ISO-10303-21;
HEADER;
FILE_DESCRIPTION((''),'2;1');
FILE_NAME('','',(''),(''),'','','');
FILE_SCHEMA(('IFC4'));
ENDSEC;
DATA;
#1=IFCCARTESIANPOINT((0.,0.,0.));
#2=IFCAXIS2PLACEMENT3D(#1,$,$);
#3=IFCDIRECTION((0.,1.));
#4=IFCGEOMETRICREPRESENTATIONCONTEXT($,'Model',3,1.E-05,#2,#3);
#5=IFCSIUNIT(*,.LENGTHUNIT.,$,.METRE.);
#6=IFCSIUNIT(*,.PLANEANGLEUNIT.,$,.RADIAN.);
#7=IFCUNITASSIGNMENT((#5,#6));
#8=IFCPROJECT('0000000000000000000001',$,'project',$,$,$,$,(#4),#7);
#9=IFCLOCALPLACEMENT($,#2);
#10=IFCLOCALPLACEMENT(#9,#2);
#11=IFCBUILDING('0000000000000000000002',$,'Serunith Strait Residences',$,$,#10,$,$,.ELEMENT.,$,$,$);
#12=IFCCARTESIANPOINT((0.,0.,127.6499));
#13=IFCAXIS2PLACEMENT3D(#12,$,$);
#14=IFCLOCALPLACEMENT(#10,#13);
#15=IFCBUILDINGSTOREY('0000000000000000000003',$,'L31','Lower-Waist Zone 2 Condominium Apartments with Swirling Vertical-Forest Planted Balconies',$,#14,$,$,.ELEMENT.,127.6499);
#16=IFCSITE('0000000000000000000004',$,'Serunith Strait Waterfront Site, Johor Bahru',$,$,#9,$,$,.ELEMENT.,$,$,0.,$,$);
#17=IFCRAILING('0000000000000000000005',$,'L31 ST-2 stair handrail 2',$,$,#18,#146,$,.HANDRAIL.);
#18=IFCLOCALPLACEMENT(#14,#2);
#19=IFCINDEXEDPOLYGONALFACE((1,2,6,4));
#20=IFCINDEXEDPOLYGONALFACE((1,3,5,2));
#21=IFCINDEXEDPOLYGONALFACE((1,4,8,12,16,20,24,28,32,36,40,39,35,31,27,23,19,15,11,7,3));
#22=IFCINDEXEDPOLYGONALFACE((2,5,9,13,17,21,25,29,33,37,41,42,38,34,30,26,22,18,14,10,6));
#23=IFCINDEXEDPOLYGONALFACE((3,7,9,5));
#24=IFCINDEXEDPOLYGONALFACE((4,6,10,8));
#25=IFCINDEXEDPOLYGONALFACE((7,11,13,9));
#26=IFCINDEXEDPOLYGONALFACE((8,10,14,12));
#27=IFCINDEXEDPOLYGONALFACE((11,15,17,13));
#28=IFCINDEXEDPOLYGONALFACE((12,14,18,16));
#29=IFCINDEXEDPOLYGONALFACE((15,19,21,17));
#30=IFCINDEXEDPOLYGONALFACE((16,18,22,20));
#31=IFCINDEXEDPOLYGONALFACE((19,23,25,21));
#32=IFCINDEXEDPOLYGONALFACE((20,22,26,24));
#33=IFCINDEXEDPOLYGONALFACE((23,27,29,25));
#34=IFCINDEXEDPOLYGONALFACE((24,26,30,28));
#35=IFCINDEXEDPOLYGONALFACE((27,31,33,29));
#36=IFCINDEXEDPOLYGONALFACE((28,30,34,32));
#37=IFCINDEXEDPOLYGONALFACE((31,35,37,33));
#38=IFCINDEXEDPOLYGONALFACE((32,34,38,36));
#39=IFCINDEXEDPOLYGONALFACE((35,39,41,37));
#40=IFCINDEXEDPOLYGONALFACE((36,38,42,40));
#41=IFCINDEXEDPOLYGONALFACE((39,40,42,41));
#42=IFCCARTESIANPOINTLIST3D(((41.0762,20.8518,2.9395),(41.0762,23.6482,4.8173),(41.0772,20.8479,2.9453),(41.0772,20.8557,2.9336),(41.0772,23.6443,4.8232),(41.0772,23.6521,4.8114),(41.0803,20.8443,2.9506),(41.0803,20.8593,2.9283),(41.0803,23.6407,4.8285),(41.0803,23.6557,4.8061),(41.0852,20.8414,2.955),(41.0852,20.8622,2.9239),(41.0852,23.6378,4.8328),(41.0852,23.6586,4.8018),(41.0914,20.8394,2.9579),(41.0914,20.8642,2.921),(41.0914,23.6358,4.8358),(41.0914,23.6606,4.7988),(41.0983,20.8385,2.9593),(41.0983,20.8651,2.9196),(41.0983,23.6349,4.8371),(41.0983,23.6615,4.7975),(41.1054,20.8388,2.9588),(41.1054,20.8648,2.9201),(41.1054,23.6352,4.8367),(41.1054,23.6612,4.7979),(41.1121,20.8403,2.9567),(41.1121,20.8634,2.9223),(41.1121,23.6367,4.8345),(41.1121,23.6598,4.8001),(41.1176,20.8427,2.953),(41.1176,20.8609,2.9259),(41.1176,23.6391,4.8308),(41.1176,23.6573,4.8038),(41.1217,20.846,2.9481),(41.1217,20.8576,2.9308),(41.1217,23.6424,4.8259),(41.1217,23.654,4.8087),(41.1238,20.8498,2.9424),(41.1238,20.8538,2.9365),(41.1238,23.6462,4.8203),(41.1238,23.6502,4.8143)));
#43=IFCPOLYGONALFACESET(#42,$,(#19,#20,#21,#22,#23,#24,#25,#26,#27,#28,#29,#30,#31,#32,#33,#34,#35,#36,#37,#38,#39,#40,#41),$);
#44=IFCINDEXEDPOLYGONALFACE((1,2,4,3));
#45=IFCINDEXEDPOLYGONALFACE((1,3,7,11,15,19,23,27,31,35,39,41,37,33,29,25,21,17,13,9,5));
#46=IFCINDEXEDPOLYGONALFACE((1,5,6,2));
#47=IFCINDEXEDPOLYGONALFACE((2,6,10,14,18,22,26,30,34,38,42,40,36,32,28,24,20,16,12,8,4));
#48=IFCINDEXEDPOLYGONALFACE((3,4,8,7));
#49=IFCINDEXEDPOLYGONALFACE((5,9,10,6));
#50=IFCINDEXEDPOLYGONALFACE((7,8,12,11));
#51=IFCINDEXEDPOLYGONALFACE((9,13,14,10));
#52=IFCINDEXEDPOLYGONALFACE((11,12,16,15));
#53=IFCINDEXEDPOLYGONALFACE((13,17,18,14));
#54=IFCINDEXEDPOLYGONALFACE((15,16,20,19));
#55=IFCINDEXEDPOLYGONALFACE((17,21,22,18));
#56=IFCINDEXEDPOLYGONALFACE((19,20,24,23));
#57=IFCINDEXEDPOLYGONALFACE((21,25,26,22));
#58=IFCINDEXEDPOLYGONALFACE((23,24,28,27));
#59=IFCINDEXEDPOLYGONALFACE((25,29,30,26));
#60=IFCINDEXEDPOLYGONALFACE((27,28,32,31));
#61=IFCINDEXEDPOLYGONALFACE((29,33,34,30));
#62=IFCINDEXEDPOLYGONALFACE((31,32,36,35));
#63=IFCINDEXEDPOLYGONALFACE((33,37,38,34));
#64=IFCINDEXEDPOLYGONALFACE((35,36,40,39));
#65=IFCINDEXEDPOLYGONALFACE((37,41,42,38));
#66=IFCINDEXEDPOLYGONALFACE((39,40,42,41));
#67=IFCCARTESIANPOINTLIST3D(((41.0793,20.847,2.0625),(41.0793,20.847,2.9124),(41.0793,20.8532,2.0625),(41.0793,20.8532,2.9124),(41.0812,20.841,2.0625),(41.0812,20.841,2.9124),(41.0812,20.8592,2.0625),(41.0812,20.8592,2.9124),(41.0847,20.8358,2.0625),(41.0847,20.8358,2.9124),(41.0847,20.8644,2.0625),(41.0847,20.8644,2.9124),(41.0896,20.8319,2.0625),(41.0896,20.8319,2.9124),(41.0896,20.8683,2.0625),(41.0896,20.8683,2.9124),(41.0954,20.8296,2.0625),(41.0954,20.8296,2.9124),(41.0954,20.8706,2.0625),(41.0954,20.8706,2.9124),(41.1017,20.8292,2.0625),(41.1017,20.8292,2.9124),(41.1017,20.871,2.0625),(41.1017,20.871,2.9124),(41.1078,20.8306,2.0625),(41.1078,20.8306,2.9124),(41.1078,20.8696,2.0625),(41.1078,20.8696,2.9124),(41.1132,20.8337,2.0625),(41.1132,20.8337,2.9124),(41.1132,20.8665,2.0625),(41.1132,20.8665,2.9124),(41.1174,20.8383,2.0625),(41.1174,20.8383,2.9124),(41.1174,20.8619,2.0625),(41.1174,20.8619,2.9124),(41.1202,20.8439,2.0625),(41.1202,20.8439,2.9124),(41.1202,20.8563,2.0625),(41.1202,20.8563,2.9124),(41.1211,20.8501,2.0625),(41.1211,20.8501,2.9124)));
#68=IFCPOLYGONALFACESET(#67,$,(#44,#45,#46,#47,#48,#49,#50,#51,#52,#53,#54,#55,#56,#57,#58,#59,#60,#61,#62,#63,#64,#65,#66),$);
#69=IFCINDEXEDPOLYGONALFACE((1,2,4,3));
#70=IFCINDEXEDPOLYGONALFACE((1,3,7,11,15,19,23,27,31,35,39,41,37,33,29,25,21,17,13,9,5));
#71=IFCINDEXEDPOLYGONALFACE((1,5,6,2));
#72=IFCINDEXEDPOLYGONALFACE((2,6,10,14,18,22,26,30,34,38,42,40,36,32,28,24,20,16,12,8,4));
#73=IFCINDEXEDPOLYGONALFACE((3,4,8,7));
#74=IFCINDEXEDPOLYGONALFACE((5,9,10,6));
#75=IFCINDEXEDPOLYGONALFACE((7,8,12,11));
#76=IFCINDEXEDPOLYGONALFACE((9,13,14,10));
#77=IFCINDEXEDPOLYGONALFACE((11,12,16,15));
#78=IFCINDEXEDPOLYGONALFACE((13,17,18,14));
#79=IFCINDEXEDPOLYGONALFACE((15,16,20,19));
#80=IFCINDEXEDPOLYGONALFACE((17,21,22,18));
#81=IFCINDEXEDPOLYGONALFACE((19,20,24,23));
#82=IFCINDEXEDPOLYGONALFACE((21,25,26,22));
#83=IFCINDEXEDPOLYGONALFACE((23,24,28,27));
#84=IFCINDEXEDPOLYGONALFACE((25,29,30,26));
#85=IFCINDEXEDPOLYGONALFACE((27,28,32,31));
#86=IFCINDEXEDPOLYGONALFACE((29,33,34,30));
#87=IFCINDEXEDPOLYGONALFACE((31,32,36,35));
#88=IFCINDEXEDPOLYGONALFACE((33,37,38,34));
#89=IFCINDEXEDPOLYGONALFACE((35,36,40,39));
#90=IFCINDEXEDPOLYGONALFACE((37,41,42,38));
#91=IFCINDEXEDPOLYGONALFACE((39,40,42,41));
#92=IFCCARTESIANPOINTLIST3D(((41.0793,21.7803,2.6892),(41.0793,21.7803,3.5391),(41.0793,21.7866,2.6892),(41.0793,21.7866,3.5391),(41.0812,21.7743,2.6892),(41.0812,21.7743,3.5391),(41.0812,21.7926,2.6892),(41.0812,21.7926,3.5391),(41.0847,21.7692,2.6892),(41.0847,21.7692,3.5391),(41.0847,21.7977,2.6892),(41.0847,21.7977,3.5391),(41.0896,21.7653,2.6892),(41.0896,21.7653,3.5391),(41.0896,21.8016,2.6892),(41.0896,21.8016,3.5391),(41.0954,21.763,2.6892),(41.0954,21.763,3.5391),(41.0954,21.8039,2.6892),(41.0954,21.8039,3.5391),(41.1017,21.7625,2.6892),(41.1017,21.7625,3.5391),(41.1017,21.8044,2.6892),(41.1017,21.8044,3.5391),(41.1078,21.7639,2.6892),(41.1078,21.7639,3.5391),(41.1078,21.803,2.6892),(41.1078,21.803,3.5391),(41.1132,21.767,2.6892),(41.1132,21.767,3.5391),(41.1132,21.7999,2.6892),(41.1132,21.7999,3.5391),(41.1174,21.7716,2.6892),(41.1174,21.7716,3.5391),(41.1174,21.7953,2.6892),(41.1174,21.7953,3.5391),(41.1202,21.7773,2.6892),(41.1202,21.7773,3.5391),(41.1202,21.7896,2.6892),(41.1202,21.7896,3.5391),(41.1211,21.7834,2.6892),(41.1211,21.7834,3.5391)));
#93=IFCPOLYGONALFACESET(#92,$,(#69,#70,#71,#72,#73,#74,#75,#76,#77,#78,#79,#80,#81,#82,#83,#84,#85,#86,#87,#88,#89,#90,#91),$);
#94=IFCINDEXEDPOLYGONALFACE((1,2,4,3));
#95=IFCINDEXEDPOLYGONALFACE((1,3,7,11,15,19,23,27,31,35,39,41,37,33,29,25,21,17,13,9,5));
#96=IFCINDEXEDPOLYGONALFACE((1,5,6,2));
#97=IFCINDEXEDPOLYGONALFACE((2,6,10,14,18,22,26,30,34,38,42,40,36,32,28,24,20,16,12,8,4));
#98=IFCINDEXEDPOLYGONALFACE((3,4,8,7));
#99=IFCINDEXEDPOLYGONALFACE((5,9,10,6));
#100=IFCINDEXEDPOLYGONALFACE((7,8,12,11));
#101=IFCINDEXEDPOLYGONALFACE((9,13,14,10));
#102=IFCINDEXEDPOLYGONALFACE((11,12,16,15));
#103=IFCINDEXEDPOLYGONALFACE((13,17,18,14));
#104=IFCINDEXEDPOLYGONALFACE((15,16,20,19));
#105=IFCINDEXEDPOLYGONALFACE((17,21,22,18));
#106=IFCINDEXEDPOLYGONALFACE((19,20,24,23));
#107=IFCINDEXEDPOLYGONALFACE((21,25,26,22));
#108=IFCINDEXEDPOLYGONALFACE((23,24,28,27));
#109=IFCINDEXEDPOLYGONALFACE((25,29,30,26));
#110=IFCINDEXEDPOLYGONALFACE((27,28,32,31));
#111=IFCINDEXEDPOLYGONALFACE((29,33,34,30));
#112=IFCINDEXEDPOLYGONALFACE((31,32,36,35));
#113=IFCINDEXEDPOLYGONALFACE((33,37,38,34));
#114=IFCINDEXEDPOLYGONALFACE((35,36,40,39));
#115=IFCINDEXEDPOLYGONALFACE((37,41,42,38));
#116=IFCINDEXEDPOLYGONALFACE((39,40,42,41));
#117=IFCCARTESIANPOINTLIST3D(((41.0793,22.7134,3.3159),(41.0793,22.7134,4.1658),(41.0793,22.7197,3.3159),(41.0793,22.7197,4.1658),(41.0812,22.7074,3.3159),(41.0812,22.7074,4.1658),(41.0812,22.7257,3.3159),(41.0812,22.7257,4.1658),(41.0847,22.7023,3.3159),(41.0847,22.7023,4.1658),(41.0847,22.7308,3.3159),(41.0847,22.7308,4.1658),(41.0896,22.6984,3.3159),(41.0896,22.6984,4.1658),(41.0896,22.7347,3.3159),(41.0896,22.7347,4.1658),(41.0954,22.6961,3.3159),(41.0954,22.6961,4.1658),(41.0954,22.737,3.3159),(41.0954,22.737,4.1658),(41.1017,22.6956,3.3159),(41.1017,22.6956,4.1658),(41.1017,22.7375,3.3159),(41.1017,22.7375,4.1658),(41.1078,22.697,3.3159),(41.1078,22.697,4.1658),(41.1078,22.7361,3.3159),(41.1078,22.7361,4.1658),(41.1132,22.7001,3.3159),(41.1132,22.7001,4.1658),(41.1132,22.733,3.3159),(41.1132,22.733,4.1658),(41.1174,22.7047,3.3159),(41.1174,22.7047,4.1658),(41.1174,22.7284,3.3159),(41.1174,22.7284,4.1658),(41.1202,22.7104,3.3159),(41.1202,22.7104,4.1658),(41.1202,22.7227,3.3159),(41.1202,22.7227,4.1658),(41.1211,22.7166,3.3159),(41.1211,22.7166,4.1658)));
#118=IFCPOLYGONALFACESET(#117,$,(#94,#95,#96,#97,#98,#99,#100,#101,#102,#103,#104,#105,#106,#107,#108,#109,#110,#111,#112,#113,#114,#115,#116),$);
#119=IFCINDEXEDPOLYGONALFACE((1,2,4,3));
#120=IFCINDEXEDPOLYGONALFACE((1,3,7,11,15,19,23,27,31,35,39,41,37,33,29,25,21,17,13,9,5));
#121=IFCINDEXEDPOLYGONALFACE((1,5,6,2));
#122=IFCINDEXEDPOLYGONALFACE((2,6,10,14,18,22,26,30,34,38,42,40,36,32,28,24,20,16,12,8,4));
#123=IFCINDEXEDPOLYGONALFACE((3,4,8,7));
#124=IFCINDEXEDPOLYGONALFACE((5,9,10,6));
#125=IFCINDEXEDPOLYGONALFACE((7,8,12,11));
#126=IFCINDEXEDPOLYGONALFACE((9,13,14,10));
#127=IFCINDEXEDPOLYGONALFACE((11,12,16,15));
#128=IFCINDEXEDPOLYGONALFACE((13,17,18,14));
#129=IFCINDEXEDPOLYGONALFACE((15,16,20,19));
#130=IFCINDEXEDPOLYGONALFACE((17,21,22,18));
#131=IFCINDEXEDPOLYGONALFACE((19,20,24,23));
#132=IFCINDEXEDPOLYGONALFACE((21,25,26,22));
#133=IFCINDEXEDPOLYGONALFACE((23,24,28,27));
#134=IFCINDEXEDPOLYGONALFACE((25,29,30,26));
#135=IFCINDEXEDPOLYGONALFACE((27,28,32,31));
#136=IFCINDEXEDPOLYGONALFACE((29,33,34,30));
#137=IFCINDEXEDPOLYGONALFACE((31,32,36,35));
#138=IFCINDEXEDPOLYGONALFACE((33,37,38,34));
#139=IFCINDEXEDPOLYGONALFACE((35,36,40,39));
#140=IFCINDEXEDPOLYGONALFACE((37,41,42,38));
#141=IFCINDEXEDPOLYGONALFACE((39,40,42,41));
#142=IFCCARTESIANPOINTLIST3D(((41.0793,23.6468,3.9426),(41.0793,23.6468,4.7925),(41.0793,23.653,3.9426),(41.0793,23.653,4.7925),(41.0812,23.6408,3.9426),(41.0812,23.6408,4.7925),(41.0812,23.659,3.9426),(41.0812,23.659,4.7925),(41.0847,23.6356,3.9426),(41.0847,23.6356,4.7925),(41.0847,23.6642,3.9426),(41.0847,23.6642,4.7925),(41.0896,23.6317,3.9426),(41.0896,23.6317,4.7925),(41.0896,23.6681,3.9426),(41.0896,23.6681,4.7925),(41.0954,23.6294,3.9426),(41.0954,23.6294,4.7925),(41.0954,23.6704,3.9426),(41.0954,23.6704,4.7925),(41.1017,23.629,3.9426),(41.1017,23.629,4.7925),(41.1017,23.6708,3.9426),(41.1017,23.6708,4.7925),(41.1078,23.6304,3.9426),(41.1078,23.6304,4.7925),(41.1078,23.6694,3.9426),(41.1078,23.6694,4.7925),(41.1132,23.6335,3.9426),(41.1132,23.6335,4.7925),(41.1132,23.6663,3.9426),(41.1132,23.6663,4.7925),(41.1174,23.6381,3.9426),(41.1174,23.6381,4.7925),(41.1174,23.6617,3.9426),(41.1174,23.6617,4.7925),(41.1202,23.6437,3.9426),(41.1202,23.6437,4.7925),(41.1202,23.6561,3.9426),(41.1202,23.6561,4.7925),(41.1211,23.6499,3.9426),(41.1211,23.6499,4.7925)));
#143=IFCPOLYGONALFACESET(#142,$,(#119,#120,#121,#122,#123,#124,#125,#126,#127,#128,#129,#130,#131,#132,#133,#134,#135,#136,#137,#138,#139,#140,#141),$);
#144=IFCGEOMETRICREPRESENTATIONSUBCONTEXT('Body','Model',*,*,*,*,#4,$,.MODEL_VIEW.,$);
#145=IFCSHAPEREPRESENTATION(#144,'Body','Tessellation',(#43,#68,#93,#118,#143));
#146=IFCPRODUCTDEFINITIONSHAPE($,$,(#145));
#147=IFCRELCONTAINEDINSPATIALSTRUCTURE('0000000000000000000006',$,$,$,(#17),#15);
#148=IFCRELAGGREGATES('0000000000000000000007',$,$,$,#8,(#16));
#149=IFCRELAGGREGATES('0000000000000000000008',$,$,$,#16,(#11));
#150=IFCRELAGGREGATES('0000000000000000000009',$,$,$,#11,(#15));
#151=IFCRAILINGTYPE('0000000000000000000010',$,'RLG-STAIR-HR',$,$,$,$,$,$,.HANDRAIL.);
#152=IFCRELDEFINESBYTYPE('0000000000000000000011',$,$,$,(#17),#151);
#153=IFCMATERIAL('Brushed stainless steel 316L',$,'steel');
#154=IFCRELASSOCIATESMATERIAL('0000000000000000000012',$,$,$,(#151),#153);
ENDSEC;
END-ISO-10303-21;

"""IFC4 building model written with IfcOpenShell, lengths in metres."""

from ifc_helpers import new_model, si_unit, direction, frame, origin, origin_2d, place, context, subcontext, project, spatial, circle, extrude, material, type_object, element, save


model = new_model("IFC4")

# Units and contexts
model_context = context("Model", 3, precision=1e-05, world=origin(), true_north=direction((0.0, 1.0)))
body_context = subcontext(model_context, "Body", "Model", "MODEL_VIEW")
ifc_project = project(units=[si_unit("LENGTHUNIT", "METRE"), si_unit("PLANEANGLEUNIT", "RADIAN")], contexts=[model_context])

# Site, building, storey
site_placement = place(None, origin())
site = spatial("IfcSite", under=ifc_project, at=site_placement, Name="Serunith Strait Waterfront Site, Johor Bahru", CompositionType="ELEMENT", RefElevation=0.0)
building_placement = place(site_placement, origin())
building = spatial("IfcBuilding", under=site, at=building_placement, Name="Serunith Strait Residences", CompositionType="ELEMENT")
storey_placement = place(building_placement, frame((0.0, 0.0, 127.6499)))
storey = spatial("IfcBuildingStorey", under=building, at=storey_placement, Name="L31", Description="Lower-Waist Zone 2 Condominium Apartments with Swirling Vertical-Forest Planted Balconies", CompositionType="ELEMENT", Elevation=127.6499)

# Railing
ifc_material_1 = material(Name="Brushed stainless steel 316L", Category="steel")
railing_type_1 = type_object("IfcRailingType", Name="RLG-STAIR-HR", PredefinedType="HANDRAIL", material=ifc_material_1)
railing_1_placement = place(storey_placement, frame((41.1001, 20.8501, 2.0625)))
element("IfcRailing", 1, at=railing_1_placement, inside=storey, type_object=railing_type_1, Name="L31 ST-2 stair handrail 2", PredefinedType="HANDRAIL", context=body_context, shape_type="SweptSolid", body=[
    extrude(circle(Radius=0.0239, at=origin_2d()), frame((0.0, 0.0017, 0.877), z_axis=(0.0, 0.830186, 0.557487), x_axis=(-1.0, 0.0, 0.0)), (0.0, 0.0, 1.0), 3.3684),
    extrude(circle(Radius=0.021, at=origin_2d()), origin(), (0.0, 0.0, 1.0), 0.8499),
    extrude(circle(Radius=0.021, at=origin_2d()), frame((0.0, 0.9333, 0.6267)), (0.0, 0.0, 1.0), 0.8499),
    extrude(circle(Radius=0.021, at=origin_2d()), frame((0.0, 1.8665, 1.2534)), (0.0, 0.0, 1.0), 0.8499),
    extrude(circle(Radius=0.021, at=origin_2d()), frame((0.0, 2.7998, 1.8801)), (0.0, 0.0, 1.0), 0.8499),
])

save(model, "model.ifc")
